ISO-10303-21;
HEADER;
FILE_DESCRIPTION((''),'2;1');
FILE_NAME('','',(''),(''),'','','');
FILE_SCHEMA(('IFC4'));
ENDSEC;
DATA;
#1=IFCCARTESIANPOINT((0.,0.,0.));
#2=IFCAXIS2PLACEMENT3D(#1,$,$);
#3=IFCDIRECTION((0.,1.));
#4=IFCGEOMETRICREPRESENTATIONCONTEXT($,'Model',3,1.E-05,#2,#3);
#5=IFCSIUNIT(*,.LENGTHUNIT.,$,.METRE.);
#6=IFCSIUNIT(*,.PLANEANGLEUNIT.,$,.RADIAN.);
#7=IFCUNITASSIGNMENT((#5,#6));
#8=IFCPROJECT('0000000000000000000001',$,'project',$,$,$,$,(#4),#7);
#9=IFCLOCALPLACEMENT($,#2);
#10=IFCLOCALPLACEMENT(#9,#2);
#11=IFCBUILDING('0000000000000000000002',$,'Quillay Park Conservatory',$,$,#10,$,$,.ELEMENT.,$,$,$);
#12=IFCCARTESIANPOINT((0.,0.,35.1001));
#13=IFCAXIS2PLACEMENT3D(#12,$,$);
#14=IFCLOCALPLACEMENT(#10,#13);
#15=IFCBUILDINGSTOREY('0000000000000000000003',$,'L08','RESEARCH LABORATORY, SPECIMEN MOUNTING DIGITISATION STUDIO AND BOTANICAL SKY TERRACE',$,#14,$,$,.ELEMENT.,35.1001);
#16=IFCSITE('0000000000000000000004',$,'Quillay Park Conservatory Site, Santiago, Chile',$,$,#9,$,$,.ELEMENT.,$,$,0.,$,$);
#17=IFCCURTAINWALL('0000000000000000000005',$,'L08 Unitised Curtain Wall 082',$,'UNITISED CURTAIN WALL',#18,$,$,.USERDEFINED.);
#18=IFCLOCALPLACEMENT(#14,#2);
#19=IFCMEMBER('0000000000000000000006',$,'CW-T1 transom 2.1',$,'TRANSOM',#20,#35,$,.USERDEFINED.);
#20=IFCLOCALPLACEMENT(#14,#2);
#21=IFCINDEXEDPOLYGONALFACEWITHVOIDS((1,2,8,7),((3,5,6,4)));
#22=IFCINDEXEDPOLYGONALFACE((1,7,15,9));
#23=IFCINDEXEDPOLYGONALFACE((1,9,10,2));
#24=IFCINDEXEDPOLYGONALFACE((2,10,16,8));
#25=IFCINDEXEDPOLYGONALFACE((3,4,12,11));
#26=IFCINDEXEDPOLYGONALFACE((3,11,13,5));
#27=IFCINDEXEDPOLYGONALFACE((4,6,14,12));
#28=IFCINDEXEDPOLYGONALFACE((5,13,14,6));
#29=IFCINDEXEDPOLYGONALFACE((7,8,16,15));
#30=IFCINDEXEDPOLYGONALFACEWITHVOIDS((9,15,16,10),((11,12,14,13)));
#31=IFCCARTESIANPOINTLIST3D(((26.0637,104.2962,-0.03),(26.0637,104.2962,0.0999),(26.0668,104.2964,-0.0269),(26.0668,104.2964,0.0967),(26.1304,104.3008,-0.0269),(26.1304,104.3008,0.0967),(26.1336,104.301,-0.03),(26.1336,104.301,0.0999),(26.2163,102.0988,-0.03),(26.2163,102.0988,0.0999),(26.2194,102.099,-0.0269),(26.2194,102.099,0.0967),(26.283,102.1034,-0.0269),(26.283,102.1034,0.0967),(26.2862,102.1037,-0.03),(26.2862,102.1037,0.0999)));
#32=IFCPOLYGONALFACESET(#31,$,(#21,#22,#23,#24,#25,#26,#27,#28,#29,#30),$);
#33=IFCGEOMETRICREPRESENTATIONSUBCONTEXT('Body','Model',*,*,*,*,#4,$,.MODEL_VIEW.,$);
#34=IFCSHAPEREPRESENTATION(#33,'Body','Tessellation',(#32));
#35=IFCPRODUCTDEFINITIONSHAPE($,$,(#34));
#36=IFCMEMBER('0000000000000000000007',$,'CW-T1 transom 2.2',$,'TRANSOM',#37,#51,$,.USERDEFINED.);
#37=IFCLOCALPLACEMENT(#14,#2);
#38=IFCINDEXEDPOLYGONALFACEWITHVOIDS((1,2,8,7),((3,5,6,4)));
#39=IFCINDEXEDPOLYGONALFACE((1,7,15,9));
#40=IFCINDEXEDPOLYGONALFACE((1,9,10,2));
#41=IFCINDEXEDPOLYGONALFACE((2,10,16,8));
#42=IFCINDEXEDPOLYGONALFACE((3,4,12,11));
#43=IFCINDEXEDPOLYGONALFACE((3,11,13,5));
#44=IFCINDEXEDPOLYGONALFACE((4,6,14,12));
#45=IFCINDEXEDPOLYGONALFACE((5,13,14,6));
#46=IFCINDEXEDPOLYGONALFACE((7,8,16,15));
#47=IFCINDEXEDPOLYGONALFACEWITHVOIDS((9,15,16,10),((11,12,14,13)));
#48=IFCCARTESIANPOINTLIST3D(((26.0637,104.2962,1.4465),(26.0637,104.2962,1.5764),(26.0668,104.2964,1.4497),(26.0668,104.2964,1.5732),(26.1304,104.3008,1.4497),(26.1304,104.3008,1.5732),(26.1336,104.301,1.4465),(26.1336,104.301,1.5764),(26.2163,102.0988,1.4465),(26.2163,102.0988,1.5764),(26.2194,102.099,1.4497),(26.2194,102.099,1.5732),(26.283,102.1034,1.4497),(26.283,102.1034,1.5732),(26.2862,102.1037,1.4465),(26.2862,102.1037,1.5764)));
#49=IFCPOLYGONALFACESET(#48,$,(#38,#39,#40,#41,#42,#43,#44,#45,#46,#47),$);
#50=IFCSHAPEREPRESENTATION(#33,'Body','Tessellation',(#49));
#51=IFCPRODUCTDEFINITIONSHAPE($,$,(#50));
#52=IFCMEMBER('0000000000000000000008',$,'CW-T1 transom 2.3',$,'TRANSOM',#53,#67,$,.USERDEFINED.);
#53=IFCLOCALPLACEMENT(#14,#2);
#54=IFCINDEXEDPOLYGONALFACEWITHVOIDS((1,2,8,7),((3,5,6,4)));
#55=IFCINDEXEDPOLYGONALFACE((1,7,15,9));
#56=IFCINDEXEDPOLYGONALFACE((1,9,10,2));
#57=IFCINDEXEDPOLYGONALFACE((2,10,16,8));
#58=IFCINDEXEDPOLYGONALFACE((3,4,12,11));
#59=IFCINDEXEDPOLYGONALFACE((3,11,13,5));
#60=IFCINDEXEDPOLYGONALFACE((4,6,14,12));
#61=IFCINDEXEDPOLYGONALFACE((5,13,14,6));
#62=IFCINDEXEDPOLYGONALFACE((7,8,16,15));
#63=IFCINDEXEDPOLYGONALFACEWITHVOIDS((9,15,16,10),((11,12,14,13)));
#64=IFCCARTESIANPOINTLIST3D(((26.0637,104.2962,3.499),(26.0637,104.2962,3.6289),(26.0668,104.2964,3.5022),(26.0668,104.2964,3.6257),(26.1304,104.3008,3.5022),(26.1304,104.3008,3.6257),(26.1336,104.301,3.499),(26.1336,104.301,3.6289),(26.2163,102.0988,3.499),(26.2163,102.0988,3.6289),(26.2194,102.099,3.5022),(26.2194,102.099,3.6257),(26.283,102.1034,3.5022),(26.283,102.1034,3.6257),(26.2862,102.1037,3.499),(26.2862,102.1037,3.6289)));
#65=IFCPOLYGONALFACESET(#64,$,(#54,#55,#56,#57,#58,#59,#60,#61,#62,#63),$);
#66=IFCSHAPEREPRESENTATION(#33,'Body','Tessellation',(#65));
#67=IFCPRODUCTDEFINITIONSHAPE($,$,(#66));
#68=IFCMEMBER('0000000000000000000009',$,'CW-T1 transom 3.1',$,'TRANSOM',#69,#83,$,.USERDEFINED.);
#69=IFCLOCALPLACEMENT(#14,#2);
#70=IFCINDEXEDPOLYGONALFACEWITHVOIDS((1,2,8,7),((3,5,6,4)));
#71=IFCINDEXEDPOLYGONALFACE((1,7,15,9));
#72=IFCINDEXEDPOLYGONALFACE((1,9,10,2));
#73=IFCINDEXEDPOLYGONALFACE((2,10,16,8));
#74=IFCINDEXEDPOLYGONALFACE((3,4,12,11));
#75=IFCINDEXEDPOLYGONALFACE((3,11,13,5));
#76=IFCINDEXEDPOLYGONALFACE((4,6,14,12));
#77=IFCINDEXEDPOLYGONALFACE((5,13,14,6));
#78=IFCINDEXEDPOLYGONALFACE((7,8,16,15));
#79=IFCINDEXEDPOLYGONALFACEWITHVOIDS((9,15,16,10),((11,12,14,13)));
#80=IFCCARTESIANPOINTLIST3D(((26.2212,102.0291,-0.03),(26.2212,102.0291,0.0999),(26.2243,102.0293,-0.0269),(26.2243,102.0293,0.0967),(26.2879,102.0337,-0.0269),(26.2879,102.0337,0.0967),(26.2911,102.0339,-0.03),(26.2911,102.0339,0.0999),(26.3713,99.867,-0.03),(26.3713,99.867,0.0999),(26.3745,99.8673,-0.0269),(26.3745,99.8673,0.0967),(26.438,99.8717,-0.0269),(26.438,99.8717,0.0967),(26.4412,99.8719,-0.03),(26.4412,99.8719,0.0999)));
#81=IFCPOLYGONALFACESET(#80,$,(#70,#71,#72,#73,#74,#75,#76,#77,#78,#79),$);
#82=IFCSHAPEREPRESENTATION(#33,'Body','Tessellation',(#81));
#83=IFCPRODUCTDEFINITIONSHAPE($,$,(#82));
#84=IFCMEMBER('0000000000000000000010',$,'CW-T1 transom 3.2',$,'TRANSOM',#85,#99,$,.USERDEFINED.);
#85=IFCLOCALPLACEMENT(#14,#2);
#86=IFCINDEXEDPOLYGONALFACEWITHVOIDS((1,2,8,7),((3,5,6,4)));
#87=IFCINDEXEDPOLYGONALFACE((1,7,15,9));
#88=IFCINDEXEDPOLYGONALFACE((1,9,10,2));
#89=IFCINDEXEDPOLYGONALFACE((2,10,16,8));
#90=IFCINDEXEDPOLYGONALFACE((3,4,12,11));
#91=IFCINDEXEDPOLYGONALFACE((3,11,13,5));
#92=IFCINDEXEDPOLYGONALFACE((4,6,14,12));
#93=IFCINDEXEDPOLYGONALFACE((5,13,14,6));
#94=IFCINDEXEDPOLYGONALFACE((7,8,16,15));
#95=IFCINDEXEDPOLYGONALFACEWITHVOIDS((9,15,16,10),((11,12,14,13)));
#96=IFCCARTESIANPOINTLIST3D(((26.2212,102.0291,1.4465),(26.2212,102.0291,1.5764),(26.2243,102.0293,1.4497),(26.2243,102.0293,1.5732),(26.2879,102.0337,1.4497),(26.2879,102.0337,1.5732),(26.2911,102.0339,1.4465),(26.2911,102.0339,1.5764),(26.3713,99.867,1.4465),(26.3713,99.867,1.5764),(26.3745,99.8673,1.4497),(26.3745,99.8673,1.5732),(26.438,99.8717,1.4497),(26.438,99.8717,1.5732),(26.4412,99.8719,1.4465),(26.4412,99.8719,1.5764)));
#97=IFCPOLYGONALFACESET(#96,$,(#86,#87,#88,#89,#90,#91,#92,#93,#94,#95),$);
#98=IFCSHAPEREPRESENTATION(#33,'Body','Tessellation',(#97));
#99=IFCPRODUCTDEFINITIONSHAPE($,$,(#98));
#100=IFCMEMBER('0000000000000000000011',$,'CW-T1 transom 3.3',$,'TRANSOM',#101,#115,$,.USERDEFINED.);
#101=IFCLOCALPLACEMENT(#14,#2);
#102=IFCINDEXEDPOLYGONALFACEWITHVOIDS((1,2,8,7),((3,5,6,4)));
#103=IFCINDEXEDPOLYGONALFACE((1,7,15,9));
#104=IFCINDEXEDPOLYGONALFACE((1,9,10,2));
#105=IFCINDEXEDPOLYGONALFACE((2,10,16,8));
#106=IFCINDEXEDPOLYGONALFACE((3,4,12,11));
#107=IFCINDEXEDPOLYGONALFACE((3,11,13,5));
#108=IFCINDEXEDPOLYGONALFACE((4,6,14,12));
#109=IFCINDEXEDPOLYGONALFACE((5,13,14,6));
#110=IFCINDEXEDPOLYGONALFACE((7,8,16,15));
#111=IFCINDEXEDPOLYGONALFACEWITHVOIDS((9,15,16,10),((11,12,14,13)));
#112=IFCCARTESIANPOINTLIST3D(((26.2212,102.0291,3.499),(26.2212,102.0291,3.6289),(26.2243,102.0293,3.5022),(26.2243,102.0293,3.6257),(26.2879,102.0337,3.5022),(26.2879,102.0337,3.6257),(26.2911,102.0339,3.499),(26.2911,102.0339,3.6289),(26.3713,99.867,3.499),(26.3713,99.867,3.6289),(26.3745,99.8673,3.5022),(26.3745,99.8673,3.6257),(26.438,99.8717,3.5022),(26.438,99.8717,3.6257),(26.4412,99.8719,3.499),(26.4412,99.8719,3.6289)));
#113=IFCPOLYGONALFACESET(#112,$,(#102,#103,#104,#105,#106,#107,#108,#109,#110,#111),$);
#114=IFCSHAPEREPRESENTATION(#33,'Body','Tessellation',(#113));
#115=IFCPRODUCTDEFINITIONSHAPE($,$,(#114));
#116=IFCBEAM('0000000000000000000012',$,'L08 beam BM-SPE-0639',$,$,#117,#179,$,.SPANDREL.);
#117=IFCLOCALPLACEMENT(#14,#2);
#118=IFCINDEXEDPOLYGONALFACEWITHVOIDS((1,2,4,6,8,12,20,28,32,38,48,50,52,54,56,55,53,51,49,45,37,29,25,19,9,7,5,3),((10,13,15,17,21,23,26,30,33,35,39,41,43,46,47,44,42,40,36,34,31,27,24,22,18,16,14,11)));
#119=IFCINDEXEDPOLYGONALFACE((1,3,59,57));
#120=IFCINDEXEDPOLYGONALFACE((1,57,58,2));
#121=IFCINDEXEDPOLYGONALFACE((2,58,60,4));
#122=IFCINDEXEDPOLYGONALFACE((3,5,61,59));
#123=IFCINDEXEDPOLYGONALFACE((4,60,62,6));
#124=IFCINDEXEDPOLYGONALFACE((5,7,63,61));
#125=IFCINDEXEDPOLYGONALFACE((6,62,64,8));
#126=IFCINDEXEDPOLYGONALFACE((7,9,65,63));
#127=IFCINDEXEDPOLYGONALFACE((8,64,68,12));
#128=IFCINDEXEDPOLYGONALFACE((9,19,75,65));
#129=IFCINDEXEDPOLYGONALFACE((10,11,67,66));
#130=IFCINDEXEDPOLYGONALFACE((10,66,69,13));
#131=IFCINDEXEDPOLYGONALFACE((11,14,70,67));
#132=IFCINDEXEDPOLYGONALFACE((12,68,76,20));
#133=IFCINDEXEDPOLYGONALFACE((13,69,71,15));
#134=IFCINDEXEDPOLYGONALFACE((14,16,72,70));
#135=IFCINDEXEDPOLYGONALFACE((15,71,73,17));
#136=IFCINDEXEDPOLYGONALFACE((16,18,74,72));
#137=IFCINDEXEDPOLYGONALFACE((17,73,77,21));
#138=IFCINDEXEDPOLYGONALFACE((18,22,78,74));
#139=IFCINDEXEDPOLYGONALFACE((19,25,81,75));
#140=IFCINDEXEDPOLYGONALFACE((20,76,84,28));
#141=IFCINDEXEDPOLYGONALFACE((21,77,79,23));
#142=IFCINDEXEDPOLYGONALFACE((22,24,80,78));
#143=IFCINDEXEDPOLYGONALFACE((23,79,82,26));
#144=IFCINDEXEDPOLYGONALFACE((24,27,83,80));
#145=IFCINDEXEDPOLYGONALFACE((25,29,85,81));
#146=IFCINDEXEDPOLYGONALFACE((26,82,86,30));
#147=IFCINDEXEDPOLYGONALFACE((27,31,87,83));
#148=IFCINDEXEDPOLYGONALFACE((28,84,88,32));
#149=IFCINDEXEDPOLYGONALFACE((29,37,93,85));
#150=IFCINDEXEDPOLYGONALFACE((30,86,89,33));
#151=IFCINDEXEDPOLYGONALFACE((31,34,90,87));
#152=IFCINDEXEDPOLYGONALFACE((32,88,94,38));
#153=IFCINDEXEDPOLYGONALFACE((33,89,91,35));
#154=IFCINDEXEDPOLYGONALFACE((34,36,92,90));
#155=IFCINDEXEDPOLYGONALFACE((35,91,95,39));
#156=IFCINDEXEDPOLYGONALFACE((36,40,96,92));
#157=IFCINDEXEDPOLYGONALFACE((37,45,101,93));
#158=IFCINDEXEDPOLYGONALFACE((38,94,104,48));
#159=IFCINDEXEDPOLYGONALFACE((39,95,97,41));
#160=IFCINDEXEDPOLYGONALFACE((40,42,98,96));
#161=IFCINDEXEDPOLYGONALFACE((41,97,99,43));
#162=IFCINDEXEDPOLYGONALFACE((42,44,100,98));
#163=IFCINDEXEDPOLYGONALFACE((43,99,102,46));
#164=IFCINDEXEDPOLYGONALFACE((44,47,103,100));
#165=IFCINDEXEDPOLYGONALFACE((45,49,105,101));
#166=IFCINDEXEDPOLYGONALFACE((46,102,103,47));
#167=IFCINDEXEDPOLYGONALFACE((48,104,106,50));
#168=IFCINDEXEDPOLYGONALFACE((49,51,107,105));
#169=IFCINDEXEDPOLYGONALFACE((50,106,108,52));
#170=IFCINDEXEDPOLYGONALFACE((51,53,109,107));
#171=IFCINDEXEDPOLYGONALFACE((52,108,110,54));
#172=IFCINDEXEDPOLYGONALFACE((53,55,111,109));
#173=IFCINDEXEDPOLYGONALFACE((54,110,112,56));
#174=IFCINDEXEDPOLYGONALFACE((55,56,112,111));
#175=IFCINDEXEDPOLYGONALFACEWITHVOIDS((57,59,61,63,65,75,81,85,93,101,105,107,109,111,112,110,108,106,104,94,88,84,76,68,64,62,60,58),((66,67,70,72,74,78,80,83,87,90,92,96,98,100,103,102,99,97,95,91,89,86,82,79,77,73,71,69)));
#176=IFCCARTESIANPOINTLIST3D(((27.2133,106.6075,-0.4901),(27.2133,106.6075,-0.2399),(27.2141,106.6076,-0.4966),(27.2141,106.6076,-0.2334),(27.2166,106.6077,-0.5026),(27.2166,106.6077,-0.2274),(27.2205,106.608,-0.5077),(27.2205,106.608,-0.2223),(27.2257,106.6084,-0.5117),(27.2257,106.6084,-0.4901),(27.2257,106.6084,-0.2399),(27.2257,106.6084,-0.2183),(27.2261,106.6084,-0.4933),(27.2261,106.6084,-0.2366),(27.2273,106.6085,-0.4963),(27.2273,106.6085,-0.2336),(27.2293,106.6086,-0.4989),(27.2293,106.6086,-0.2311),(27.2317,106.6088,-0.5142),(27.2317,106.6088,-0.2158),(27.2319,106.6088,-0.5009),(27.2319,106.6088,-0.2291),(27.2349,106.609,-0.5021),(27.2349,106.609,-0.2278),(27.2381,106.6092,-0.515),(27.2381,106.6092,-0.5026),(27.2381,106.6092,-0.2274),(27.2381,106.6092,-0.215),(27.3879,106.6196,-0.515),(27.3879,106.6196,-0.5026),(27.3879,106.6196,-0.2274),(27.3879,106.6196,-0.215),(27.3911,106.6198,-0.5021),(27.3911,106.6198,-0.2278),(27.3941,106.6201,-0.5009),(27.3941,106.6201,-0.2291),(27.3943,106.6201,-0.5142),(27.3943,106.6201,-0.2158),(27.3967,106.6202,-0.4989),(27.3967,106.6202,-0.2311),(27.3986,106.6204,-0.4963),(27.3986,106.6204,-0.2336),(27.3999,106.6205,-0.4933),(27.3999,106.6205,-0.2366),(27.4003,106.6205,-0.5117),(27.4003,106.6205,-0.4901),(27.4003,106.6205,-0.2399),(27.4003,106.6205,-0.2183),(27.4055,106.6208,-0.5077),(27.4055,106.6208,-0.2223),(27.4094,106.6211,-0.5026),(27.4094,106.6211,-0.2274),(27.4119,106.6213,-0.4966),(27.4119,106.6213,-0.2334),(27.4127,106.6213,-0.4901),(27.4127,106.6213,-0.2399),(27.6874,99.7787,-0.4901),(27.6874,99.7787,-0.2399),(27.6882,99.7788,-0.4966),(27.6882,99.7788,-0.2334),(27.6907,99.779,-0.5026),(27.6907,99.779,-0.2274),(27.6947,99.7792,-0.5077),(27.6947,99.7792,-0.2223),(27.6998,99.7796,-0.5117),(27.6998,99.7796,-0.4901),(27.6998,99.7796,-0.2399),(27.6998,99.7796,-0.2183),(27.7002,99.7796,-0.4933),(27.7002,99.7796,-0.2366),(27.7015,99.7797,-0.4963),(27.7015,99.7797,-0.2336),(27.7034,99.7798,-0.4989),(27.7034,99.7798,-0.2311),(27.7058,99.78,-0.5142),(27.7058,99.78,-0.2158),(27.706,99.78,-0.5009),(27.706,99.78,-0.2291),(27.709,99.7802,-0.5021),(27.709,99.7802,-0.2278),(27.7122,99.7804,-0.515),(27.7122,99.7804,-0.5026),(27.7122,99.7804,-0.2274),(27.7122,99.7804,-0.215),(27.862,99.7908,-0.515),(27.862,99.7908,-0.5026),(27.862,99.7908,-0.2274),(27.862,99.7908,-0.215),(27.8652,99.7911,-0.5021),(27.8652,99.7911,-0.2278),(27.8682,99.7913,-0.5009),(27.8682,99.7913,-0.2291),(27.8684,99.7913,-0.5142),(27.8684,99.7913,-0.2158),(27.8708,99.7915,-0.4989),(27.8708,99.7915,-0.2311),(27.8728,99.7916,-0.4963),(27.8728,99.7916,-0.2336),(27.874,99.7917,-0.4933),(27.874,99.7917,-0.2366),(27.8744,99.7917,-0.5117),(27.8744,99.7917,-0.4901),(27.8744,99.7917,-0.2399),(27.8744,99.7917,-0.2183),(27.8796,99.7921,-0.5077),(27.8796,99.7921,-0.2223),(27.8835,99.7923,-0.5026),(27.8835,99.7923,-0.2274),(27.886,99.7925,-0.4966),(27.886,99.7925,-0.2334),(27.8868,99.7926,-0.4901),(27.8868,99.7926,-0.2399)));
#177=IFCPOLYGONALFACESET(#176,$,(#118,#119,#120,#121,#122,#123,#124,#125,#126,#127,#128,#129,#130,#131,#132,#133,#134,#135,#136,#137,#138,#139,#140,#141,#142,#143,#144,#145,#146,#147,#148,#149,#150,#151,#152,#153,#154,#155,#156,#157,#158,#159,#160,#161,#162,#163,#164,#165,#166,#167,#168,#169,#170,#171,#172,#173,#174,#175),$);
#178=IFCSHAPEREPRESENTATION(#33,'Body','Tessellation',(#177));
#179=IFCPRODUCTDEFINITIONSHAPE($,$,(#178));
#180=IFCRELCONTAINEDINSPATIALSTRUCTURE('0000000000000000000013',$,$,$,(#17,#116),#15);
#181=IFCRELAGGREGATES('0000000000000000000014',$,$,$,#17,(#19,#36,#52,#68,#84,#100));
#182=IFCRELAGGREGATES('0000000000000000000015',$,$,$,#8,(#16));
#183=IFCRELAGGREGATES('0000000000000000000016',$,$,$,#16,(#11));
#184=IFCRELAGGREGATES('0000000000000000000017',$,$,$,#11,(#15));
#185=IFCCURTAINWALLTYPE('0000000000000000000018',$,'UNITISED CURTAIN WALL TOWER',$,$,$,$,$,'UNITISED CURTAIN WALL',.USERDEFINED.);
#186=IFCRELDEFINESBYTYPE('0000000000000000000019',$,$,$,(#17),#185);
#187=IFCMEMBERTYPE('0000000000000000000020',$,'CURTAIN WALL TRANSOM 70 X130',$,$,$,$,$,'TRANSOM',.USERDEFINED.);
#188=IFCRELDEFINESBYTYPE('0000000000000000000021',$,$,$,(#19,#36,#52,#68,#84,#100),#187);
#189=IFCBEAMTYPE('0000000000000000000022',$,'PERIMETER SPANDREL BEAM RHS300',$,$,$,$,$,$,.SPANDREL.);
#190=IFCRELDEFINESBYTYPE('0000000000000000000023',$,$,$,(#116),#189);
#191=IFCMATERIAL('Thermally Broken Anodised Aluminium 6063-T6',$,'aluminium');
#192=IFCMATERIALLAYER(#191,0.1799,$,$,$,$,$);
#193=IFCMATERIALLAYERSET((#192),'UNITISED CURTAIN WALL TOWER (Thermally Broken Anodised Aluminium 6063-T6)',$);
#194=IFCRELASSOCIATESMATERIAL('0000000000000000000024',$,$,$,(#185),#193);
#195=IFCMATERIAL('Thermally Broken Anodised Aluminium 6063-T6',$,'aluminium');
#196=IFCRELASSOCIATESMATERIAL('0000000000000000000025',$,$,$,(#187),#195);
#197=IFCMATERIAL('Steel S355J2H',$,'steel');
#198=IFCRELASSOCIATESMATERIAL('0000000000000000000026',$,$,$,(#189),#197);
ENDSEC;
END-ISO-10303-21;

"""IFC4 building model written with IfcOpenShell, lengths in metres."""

from ifc_helpers import new_model, si_unit, direction, frame, origin, origin_2d, place, context, subcontext, project, spatial, hollow_rectangle, extrude, material, layer, layer_set, material_profile, profile_set, type_object, element, aggregate, save


model = new_model("IFC4")

# Units and contexts
model_context = context("Model", 3, precision=1e-05, world=origin(), true_north=direction((0.0, 1.0)))
body_context = subcontext(model_context, "Body", "Model", "MODEL_VIEW")
ifc_project = project(units=[si_unit("LENGTHUNIT", "METRE"), si_unit("PLANEANGLEUNIT", "RADIAN")], contexts=[model_context])

# Site, building, storey
site_placement = place(None, origin())
site = spatial("IfcSite", under=ifc_project, at=site_placement, Name="Quillay Park Conservatory Site, Santiago, Chile", CompositionType="ELEMENT", RefElevation=0.0)
building_placement = place(site_placement, origin())
building = spatial("IfcBuilding", under=site, at=building_placement, Name="Quillay Park Conservatory", CompositionType="ELEMENT")
storey_placement = place(building_placement, frame((0.0, 0.0, 35.1001)))
storey = spatial("IfcBuildingStorey", under=building, at=storey_placement, Name="L08", Description="RESEARCH LABORATORY, SPECIMEN MOUNTING DIGITISATION STUDIO AND BOTANICAL SKY TERRACE", CompositionType="ELEMENT", Elevation=35.1001)

# Curtain wall, members
ifc_material_1 = material(Name="Thermally Broken Anodised Aluminium 6063-T6", Category="aluminium")
ifc_layer_1 = layer(ifc_material_1, 0.1799)
ifc_layer_set_1 = layer_set([ifc_layer_1], Name="UNITISED CURTAIN WALL TOWER (Thermally Broken Anodised Aluminium 6063-T6)")
curtain_wall_type = type_object("IfcCurtainWallType", Name="UNITISED CURTAIN WALL TOWER", ElementType="UNITISED CURTAIN WALL", PredefinedType="USERDEFINED", material=ifc_layer_set_1)
curtain_wall_placement = place(storey_placement, origin())
curtain_wall = element("IfcCurtainWall", 1, at=curtain_wall_placement, inside=storey, type_object=curtain_wall_type, Name="L08 Unitised Curtain Wall 082", ObjectType="UNITISED CURTAIN WALL", PredefinedType="USERDEFINED")
ifc_material_2 = material(Name="Thermally Broken Anodised Aluminium 6063-T6", Category="aluminium")
ifc_material_profile_1 = material_profile(ifc_material_2, hollow_rectangle(XDim=0.0701, YDim=0.1299, WallThickness=0.0032, at=origin_2d()), Name="AL70x130x3.2")
ifc_profile_set_1 = profile_set([ifc_material_profile_1], Name="Thermally Broken Anodised Aluminium 6063-T6")
member_type_1 = type_object("IfcMemberType", Name="CURTAIN WALL TRANSOM 70 X130", ElementType="TRANSOM", PredefinedType="USERDEFINED", material=ifc_profile_set_1)
member_1_placement = place(storey_placement, frame((26.0986, 104.2986, 0.0349), z_axis=(0.069278, -0.997597, 0.0), x_axis=(0.997597, 0.069278, 0.0)))
member_1 = element("IfcMember", 2, at=member_1_placement, type_object=member_type_1, Name="CW-T1 transom 2.1", ObjectType="TRANSOM", PredefinedType="USERDEFINED", context=body_context, shape_type="SweptSolid", body=[
    extrude(hollow_rectangle(XDim=0.0701, YDim=0.1299, WallThickness=0.0032, at=origin_2d()), origin(), (0.0, 0.0, 1.0), 2.2026),
])
member_2_placement = place(storey_placement, frame((26.0986, 104.2986, 1.5115), z_axis=(0.069278, -0.997597, 0.0), x_axis=(0.997597, 0.069278, 0.0)))
member_2 = element("IfcMember", 3, at=member_2_placement, type_object=member_type_1, Name="CW-T1 transom 2.2", ObjectType="TRANSOM", PredefinedType="USERDEFINED", context=body_context, shape_type="SweptSolid", body=[
    extrude(hollow_rectangle(XDim=0.0701, YDim=0.1299, WallThickness=0.0032, at=origin_2d()), origin(), (0.0, 0.0, 1.0), 2.2026),
])
member_3_placement = place(storey_placement, frame((26.0986, 104.2986, 3.564), z_axis=(0.069278, -0.997597, 0.0), x_axis=(0.997597, 0.069278, 0.0)))
member_3 = element("IfcMember", 4, at=member_3_placement, type_object=member_type_1, Name="CW-T1 transom 2.3", ObjectType="TRANSOM", PredefinedType="USERDEFINED", context=body_context, shape_type="SweptSolid", body=[
    extrude(hollow_rectangle(XDim=0.0701, YDim=0.1299, WallThickness=0.0032, at=origin_2d()), origin(), (0.0, 0.0, 1.0), 2.2026),
])
member_4_placement = place(storey_placement, frame((26.2561, 102.0315, 0.0349), z_axis=(0.069278, -0.997597, 0.0), x_axis=(0.997597, 0.069278, 0.0)))
member_4 = element("IfcMember", 5, at=member_4_placement, type_object=member_type_1, Name="CW-T1 transom 3.1", ObjectType="TRANSOM", PredefinedType="USERDEFINED", context=body_context, shape_type="SweptSolid", body=[
    extrude(hollow_rectangle(XDim=0.0701, YDim=0.1299, WallThickness=0.0032, at=origin_2d()), origin(), (0.0, 0.0, 1.0), 2.1672),
])
member_5_placement = place(storey_placement, frame((26.2561, 102.0315, 1.5115), z_axis=(0.069278, -0.997597, 0.0), x_axis=(0.997597, 0.069278, 0.0)))
member_5 = element("IfcMember", 6, at=member_5_placement, type_object=member_type_1, Name="CW-T1 transom 3.2", ObjectType="TRANSOM", PredefinedType="USERDEFINED", context=body_context, shape_type="SweptSolid", body=[
    extrude(hollow_rectangle(XDim=0.0701, YDim=0.1299, WallThickness=0.0032, at=origin_2d()), origin(), (0.0, 0.0, 1.0), 2.1672),
])
member_6_placement = place(storey_placement, frame((26.2561, 102.0315, 3.564), z_axis=(0.069278, -0.997597, 0.0), x_axis=(0.997597, 0.069278, 0.0)))
member_6 = element("IfcMember", 7, at=member_6_placement, type_object=member_type_1, Name="CW-T1 transom 3.3", ObjectType="TRANSOM", PredefinedType="USERDEFINED", context=body_context, shape_type="SweptSolid", body=[
    extrude(hollow_rectangle(XDim=0.0701, YDim=0.1299, WallThickness=0.0032, at=origin_2d()), origin(), (0.0, 0.0, 1.0), 2.1672),
])

# Beam
ifc_material_3 = material(Name="Steel S355J2H", Category="steel")
ifc_material_profile_2 = material_profile(ifc_material_3, hollow_rectangle(XDim=0.2, YDim=0.3, WallThickness=0.0125, InnerFilletRadius=0.0125, OuterFilletRadius=0.0249, at=origin_2d()), Name="RHS300x200x12.5")
ifc_profile_set_2 = profile_set([ifc_material_profile_2], Name="Steel S355J2H")
beam_type_1 = type_object("IfcBeamType", Name="PERIMETER SPANDREL BEAM RHS300", PredefinedType="SPANDREL", material=ifc_profile_set_2)
beam_1_placement = place(storey_placement, frame((27.7871, 99.7856, -0.365), z_axis=(-0.069262, 0.997598, 0.0), x_axis=(-0.997598, -0.069262, 0.0)))
element("IfcBeam", 8, at=beam_1_placement, inside=storey, type_object=beam_type_1, Name="L08 beam BM-SPE-0639", PredefinedType="SPANDREL", context=body_context, shape_type="SweptSolid", body=[
    extrude(hollow_rectangle(XDim=0.2, YDim=0.3, WallThickness=0.0125, InnerFilletRadius=0.0125, OuterFilletRadius=0.0249, at=origin_2d()), origin(), (0.0, 0.0, 1.0), 6.8452),
])

aggregate(curtain_wall, [member_1, member_2, member_3, member_4, member_5, member_6])

save(model, "model.ifc")
